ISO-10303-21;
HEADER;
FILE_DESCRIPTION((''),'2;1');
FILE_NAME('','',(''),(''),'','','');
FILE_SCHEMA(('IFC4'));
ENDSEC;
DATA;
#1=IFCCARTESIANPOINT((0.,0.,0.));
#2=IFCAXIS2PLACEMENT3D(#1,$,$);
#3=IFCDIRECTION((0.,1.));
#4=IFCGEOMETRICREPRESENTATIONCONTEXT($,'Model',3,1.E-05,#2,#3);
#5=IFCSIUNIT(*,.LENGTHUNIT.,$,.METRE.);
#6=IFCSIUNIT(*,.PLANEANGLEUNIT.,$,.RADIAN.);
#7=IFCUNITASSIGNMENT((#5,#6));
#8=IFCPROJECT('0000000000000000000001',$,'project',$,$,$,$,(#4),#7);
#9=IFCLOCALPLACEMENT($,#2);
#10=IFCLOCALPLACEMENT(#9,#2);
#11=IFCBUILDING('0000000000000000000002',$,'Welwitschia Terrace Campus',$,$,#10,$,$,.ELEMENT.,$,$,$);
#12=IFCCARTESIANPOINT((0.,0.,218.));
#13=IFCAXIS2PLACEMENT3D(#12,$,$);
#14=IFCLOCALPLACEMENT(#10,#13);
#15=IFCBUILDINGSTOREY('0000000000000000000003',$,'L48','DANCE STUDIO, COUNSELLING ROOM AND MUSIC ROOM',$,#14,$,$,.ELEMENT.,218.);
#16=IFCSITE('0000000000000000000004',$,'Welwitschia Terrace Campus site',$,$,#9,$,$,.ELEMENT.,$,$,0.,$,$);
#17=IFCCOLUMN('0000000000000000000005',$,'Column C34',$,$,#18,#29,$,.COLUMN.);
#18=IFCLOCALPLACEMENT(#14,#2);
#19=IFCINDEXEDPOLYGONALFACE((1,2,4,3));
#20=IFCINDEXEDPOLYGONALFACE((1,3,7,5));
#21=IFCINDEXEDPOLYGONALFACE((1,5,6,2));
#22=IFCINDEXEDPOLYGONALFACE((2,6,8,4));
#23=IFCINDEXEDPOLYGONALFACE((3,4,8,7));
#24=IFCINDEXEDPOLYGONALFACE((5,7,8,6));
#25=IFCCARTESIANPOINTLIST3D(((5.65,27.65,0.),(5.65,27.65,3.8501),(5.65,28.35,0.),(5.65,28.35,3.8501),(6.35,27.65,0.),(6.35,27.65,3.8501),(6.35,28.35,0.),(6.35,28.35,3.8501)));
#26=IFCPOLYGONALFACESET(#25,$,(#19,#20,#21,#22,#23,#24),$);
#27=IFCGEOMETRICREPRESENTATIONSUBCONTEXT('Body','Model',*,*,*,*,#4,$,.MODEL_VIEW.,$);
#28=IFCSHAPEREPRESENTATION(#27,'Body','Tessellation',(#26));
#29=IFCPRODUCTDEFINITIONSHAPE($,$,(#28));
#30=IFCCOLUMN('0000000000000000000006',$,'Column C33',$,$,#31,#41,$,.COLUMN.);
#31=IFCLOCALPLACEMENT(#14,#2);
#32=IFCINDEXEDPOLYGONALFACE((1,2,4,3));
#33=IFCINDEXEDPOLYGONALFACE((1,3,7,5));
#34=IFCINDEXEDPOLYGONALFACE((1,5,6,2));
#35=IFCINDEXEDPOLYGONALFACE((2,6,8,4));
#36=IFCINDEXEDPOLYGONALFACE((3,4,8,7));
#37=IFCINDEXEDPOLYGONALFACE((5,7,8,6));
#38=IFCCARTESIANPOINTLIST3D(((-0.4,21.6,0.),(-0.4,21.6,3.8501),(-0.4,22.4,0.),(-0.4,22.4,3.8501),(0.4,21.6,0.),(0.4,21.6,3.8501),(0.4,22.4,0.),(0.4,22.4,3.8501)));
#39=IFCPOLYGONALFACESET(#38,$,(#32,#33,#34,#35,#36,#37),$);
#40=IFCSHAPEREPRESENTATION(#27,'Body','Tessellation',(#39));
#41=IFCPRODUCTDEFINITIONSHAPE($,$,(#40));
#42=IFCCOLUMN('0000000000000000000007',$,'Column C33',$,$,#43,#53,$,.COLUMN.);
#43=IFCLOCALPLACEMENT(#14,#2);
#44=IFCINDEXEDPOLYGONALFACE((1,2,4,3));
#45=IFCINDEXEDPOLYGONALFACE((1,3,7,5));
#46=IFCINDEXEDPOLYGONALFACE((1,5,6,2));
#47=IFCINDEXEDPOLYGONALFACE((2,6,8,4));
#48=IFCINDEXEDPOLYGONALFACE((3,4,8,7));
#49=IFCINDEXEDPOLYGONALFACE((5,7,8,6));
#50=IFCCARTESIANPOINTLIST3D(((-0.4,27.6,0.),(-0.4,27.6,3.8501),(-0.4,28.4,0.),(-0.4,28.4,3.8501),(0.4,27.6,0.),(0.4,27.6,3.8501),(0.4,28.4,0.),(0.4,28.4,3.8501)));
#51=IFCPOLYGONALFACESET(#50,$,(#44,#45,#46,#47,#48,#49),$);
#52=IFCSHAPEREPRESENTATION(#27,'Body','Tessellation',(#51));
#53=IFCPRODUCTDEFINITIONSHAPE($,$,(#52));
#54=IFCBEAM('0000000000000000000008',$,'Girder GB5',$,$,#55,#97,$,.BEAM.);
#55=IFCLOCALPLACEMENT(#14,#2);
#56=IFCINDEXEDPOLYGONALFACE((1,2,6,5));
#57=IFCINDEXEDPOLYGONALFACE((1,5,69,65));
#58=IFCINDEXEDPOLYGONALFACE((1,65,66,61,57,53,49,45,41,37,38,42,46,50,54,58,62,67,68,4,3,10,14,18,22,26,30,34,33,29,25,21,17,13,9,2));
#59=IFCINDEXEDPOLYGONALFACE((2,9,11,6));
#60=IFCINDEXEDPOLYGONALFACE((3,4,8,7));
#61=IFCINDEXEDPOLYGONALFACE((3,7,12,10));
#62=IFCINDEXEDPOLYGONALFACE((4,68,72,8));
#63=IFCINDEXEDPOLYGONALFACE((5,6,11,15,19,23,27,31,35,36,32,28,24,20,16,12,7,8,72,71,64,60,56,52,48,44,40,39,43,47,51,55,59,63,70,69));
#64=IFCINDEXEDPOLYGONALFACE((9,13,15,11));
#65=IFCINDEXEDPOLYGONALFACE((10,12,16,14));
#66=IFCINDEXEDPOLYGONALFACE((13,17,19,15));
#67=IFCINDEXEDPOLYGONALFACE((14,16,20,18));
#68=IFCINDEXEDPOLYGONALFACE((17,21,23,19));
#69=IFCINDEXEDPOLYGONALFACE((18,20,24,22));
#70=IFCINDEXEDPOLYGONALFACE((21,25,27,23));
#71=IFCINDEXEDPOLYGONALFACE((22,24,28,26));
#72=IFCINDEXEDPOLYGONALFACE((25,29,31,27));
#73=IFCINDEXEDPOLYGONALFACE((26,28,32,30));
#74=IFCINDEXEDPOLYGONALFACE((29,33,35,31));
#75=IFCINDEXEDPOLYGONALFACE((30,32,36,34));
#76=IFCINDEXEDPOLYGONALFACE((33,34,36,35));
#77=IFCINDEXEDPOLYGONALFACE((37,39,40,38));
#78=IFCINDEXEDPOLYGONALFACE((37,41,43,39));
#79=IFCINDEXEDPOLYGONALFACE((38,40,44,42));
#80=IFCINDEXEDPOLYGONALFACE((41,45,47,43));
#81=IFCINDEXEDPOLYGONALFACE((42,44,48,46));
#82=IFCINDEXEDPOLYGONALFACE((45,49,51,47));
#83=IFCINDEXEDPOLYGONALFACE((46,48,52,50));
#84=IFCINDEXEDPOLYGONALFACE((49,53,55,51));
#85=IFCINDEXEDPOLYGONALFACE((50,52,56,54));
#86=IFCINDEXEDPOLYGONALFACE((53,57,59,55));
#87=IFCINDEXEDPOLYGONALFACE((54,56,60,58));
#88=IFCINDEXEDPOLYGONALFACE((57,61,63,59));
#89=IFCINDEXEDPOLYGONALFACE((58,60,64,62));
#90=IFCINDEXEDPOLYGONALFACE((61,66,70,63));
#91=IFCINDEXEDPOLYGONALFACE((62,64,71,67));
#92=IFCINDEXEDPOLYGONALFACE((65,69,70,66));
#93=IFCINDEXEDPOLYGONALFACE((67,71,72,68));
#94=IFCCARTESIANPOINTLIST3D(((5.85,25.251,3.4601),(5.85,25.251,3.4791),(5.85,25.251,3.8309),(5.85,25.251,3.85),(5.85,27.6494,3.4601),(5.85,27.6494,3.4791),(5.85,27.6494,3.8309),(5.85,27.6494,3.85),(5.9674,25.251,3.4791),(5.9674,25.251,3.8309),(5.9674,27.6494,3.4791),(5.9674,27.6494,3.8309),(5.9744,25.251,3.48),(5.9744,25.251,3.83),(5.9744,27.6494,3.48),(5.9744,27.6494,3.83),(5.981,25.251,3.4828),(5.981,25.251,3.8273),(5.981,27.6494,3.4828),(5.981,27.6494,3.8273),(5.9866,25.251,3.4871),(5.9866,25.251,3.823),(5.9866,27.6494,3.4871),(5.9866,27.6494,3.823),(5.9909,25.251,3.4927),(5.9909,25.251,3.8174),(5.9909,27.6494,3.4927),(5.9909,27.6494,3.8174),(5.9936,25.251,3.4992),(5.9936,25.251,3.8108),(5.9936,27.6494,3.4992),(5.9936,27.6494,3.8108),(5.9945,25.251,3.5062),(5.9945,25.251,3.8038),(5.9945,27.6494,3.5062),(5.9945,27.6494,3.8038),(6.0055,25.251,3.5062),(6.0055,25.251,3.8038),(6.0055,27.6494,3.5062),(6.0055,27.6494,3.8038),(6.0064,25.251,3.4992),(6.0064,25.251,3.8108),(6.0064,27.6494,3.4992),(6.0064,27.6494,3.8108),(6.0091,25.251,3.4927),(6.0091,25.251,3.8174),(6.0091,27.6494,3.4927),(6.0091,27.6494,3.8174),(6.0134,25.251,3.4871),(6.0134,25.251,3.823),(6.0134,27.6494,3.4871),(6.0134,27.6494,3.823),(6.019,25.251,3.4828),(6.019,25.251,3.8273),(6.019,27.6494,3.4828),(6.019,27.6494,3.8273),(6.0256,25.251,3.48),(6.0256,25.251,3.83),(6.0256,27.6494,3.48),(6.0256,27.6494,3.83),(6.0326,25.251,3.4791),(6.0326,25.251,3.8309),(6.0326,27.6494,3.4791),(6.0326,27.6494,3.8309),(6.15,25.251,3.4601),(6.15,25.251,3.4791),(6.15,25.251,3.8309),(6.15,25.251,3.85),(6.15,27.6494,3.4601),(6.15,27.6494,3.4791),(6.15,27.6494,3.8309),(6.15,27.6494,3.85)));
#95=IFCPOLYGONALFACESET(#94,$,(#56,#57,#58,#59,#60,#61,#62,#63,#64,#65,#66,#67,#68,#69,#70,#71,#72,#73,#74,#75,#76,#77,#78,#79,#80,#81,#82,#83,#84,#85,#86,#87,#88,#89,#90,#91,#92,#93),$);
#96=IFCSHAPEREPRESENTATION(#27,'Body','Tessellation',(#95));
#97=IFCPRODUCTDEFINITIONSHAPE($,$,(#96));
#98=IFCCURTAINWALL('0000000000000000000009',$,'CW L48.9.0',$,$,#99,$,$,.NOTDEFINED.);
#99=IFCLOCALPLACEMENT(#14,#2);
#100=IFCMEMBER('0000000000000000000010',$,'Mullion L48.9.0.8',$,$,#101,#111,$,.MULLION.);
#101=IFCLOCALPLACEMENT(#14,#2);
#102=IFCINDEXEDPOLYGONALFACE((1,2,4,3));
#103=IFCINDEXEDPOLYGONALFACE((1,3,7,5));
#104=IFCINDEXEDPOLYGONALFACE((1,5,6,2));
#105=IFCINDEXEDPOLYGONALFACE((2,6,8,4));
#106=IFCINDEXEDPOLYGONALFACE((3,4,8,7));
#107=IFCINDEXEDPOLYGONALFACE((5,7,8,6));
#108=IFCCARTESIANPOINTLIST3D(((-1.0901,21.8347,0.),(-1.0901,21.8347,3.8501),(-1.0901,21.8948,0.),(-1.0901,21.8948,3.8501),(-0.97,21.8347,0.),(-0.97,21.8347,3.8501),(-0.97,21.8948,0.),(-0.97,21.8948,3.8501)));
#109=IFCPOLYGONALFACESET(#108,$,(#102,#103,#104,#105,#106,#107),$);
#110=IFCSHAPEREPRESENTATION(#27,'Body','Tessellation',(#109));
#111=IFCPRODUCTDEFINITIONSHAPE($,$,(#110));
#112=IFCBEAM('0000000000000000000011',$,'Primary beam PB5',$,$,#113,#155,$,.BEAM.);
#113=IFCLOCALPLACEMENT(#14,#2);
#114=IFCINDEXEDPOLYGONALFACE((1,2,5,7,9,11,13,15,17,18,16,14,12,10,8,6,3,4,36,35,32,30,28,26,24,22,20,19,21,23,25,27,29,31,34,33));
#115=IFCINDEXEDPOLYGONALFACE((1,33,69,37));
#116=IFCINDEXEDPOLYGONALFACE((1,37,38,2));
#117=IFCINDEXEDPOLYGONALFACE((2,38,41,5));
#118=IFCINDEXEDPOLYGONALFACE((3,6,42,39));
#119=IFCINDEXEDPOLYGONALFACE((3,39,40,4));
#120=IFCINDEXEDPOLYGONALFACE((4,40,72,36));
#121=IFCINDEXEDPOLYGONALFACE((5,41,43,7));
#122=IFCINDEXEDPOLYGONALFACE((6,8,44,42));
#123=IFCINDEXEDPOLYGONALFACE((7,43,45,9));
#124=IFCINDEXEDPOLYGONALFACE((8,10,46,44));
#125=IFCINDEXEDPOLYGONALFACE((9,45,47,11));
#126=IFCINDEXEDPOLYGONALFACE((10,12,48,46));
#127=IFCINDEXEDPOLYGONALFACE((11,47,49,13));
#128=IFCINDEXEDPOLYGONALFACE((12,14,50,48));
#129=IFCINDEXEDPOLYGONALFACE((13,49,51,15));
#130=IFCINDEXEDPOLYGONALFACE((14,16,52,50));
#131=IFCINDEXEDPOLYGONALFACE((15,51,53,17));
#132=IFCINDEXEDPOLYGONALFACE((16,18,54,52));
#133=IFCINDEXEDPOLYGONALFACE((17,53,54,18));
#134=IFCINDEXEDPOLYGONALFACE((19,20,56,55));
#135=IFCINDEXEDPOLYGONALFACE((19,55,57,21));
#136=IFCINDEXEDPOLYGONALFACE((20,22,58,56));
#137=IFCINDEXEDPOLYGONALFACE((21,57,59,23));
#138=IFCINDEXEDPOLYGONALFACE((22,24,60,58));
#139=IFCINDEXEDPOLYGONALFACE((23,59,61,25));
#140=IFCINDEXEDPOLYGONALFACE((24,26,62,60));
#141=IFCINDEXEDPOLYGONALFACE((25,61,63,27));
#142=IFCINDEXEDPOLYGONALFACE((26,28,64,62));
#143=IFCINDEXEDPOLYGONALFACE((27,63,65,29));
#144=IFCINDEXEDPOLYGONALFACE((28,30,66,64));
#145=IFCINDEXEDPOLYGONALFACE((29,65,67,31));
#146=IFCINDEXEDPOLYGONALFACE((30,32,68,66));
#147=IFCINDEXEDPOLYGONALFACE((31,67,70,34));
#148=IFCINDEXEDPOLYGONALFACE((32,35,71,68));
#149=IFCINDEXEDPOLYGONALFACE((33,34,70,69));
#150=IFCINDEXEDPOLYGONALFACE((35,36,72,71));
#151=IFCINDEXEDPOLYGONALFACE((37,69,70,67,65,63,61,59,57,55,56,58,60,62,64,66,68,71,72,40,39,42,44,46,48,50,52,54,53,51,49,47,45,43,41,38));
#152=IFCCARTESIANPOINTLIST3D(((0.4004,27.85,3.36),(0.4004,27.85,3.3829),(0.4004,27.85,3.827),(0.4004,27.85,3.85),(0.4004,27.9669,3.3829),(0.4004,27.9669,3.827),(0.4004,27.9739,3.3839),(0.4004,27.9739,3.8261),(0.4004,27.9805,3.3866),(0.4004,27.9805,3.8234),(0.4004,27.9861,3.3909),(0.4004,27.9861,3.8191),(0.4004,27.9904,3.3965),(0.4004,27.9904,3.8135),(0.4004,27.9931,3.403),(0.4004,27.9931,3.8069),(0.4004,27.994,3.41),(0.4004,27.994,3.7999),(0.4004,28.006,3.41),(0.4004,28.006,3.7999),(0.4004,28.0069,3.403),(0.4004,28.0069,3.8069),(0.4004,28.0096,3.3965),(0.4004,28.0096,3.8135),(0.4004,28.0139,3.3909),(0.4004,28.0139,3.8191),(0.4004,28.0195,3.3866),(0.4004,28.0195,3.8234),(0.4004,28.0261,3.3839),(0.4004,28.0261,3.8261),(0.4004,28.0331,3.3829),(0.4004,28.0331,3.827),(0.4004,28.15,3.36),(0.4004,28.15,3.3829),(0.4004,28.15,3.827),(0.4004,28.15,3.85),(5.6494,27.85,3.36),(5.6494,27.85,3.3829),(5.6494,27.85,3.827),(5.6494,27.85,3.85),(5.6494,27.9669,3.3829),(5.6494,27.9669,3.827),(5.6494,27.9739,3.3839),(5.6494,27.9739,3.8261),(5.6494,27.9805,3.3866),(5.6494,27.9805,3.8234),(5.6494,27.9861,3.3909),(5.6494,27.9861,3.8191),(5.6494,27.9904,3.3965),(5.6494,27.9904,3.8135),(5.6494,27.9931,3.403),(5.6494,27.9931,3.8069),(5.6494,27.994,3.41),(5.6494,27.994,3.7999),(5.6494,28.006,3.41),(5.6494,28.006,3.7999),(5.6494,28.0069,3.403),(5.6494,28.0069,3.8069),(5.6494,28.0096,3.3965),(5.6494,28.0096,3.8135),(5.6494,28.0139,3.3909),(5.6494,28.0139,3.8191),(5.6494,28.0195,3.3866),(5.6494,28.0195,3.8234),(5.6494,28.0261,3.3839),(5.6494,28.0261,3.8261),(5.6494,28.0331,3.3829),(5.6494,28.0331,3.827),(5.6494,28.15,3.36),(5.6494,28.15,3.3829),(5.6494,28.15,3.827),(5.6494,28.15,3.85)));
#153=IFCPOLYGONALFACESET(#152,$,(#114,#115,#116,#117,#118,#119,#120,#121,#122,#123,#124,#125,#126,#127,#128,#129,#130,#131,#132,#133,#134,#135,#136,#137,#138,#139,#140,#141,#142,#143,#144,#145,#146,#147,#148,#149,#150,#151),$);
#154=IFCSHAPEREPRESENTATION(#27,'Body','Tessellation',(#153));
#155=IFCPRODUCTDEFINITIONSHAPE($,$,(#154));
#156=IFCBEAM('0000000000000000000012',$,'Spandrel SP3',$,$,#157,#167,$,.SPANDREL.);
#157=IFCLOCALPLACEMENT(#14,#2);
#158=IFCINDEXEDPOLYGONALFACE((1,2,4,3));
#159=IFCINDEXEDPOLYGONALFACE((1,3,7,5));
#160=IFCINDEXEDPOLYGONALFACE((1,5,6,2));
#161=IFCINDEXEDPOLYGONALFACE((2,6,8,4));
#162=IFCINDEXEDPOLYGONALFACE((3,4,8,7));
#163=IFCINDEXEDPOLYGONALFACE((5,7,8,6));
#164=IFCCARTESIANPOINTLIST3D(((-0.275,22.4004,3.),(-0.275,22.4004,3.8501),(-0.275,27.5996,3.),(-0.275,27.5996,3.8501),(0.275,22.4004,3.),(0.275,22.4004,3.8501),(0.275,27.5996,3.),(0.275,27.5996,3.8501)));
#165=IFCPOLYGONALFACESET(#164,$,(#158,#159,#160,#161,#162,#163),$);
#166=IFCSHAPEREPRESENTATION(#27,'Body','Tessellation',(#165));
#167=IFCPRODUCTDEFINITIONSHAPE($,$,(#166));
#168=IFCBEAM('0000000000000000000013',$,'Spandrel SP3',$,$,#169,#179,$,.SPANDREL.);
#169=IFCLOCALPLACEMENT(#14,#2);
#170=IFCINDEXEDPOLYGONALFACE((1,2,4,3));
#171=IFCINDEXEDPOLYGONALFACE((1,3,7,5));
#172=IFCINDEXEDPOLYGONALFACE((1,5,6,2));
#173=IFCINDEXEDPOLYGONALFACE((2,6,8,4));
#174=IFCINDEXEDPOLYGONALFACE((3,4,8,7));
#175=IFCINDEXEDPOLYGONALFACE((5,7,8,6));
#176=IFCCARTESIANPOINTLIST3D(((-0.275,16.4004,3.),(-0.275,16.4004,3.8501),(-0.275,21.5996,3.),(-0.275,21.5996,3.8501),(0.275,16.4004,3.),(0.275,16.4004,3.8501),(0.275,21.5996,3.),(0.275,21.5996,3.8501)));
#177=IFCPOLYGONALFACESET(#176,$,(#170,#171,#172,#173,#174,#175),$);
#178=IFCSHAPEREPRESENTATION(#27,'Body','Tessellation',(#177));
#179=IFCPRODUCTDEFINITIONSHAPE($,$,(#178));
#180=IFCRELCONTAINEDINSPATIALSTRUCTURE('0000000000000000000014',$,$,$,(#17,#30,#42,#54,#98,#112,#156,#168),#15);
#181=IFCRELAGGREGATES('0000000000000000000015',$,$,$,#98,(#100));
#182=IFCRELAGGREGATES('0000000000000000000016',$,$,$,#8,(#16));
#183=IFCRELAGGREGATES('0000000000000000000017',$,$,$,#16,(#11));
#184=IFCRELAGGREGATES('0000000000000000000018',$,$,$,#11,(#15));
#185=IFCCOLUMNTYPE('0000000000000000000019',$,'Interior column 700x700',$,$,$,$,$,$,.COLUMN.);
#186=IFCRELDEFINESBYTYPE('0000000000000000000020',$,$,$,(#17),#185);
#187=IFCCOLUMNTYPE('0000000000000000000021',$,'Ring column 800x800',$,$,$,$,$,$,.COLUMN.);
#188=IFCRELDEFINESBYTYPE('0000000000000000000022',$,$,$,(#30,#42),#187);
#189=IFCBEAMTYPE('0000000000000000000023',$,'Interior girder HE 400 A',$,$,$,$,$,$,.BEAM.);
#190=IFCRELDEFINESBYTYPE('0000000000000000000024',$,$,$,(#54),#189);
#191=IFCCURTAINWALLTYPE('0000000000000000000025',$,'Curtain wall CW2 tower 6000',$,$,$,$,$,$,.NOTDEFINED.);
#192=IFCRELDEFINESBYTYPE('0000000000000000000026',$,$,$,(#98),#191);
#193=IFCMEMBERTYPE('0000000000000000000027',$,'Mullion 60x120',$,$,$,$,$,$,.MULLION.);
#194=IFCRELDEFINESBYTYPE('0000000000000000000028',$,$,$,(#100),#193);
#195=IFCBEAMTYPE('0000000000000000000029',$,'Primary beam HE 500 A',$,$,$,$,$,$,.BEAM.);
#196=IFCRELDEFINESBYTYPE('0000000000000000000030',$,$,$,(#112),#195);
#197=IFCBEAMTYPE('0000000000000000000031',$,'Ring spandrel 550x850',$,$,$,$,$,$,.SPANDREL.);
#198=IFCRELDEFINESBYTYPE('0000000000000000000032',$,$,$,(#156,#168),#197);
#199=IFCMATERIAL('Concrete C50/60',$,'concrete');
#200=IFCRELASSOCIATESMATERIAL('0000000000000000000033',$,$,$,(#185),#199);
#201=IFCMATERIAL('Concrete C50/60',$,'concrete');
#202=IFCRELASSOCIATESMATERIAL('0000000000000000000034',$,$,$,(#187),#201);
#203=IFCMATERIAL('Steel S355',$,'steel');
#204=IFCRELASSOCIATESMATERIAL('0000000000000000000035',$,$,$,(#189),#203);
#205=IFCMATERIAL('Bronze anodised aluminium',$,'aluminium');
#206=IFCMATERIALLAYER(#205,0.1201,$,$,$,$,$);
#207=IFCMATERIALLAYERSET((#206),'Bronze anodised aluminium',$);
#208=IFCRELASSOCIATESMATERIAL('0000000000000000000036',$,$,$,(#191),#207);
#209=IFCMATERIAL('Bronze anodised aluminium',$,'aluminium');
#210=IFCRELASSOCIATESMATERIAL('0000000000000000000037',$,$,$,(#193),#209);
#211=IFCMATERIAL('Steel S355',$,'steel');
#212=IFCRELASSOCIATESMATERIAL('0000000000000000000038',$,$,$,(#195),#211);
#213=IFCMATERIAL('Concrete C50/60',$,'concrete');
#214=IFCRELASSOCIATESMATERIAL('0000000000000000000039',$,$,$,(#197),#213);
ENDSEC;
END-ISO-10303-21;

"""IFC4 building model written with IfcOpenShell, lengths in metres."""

from ifc_helpers import new_model, si_unit, direction, frame, origin, origin_2d, place, context, subcontext, project, spatial, rectangle, i_section, extrude, material, layer, layer_set, material_profile, profile_set, type_object, element, aggregate, save


model = new_model("IFC4")

# Units and contexts
model_context = context("Model", 3, precision=1e-05, world=origin(), true_north=direction((0.0, 1.0)))
body_context = subcontext(model_context, "Body", "Model", "MODEL_VIEW")
ifc_project = project(units=[si_unit("LENGTHUNIT", "METRE"), si_unit("PLANEANGLEUNIT", "RADIAN")], contexts=[model_context])

# Site, building, storey
site_placement = place(None, origin())
site = spatial("IfcSite", under=ifc_project, at=site_placement, Name="Welwitschia Terrace Campus site", CompositionType="ELEMENT", RefElevation=0.0)
building_placement = place(site_placement, origin())
building = spatial("IfcBuilding", under=site, at=building_placement, Name="Welwitschia Terrace Campus", CompositionType="ELEMENT")
storey_placement = place(building_placement, frame((0.0, 0.0, 218.0)))
storey = spatial("IfcBuildingStorey", under=building, at=storey_placement, Name="L48", Description="DANCE STUDIO, COUNSELLING ROOM AND MUSIC ROOM", CompositionType="ELEMENT", Elevation=218.0)

# Columns
ifc_material_1 = material(Name="Concrete C50/60", Category="concrete")
ifc_material_profile_1 = material_profile(ifc_material_1, rectangle(XDim=0.7, YDim=0.7, at=origin_2d()))
ifc_profile_set_1 = profile_set([ifc_material_profile_1], Name="Concrete C50/60")
column_type_1 = type_object("IfcColumnType", Name="Interior column 700x700", PredefinedType="COLUMN", material=ifc_profile_set_1)
column_placement = place(storey_placement, frame((6.0, 28.0, 0.0), z_axis=(0.0, 0.0, 1.0), x_axis=(1.0, 0.0, 0.0)))
element("IfcColumn", 1, at=column_placement, inside=storey, type_object=column_type_1, Name="Column C34", PredefinedType="COLUMN", context=body_context, shape_type="SweptSolid", body=[
    extrude(rectangle(XDim=0.7, YDim=0.7, at=origin_2d()), origin(), (0.0, 0.0, 1.0), 3.8501),
])
ifc_material_2 = material(Name="Concrete C50/60", Category="concrete")
ifc_material_profile_2 = material_profile(ifc_material_2, rectangle(XDim=0.8, YDim=0.8, at=origin_2d()))
ifc_profile_set_2 = profile_set([ifc_material_profile_2], Name="Concrete C50/60")
column_type_2 = type_object("IfcColumnType", Name="Ring column 800x800", PredefinedType="COLUMN", material=ifc_profile_set_2)
for number, where, z_axis, x_axis, name in (
    (2, (0.0, 22.0, 0.0), (0.0, 0.0, 1.0), (1.0, 0.0, 0.0), "Column C33"),
    (3, (0.0, 28.0, 0.0), (0.0, 0.0, 1.0), (1.0, 0.0, 0.0), "Column C33"),
):
    element("IfcColumn", number, at=place(storey_placement, frame(where, z_axis=z_axis, x_axis=x_axis)), inside=storey, type_object=column_type_2, Name=name, PredefinedType="COLUMN", context=body_context, shape_type="SweptSolid", body=[
        extrude(rectangle(XDim=0.8, YDim=0.8, at=origin_2d()), origin(), (0.0, 0.0, 1.0), 3.8501),
    ])

# Beam
ifc_material_3 = material(Name="Steel S355", Category="steel")
ifc_material_profile_3 = material_profile(ifc_material_3, i_section(OverallWidth=0.3, OverallDepth=0.3899, WebThickness=0.011, FlangeThickness=0.019, FilletRadius=0.0271, at=origin_2d()))
ifc_profile_set_3 = profile_set([ifc_material_profile_3], Name="Steel S355")
beam_type_1 = type_object("IfcBeamType", Name="Interior girder HE 400 A", PredefinedType="BEAM", material=ifc_profile_set_3)
beam_1_placement = place(storey_placement, frame((6.0, 25.251, 3.655), z_axis=(0.0, 1.0, 0.0), x_axis=(-1.0, 0.0, 0.0)))
element("IfcBeam", 4, at=beam_1_placement, inside=storey, type_object=beam_type_1, Name="Girder GB5", PredefinedType="BEAM", context=body_context, shape_type="SweptSolid", body=[
    extrude(i_section(OverallWidth=0.3, OverallDepth=0.3899, WebThickness=0.011, FlangeThickness=0.019, FilletRadius=0.0271, at=origin_2d()), origin(), (0.0, 0.0, 1.0), 2.3984),
])

# Curtain wall, member
ifc_material_4 = material(Name="Bronze anodised aluminium", Category="aluminium")
ifc_layer_1 = layer(ifc_material_4, 0.1201)
ifc_layer_set_1 = layer_set([ifc_layer_1], Name="Bronze anodised aluminium")
curtain_wall_type = type_object("IfcCurtainWallType", Name="Curtain wall CW2 tower 6000", PredefinedType="NOTDEFINED", material=ifc_layer_set_1)
curtain_wall_placement = place(storey_placement, origin())
curtain_wall = element("IfcCurtainWall", 5, at=curtain_wall_placement, inside=storey, type_object=curtain_wall_type, Name="CW L48.9.0", PredefinedType="NOTDEFINED")
ifc_material_5 = material(Name="Bronze anodised aluminium", Category="aluminium")
ifc_material_profile_4 = material_profile(ifc_material_5, rectangle(XDim=0.1201, YDim=0.0601, at=origin_2d()))
ifc_profile_set_4 = profile_set([ifc_material_profile_4], Name="Bronze anodised aluminium")
member_type = type_object("IfcMemberType", Name="Mullion 60x120", PredefinedType="MULLION", material=ifc_profile_set_4)
member_placement = place(storey_placement, frame((-1.03, 21.8647, 0.0), z_axis=(0.0, 0.0, 1.0), x_axis=(1.0, 0.0, 0.0)))
member = element("IfcMember", 6, at=member_placement, type_object=member_type, Name="Mullion L48.9.0.8", PredefinedType="MULLION", context=body_context, shape_type="SweptSolid", body=[
    extrude(rectangle(XDim=0.1201, YDim=0.0601, at=origin_2d()), origin(), (0.0, 0.0, 1.0), 3.8501),
])

# Beams
ifc_material_6 = material(Name="Steel S355", Category="steel")
ifc_material_profile_5 = material_profile(ifc_material_6, i_section(OverallWidth=0.3, OverallDepth=0.49, WebThickness=0.012, FlangeThickness=0.0229, FilletRadius=0.0271, at=origin_2d()))
ifc_profile_set_5 = profile_set([ifc_material_profile_5], Name="Steel S355")
beam_type_2 = type_object("IfcBeamType", Name="Primary beam HE 500 A", PredefinedType="BEAM", material=ifc_profile_set_5)
beam_2_placement = place(storey_placement, frame((0.4004, 28.0, 3.605), z_axis=(1.0, 0.0, 0.0), x_axis=(0.0, 1.0, 0.0)))
element("IfcBeam", 7, at=beam_2_placement, inside=storey, type_object=beam_type_2, Name="Primary beam PB5", PredefinedType="BEAM", context=body_context, shape_type="SweptSolid", body=[
    extrude(i_section(OverallWidth=0.3, OverallDepth=0.49, WebThickness=0.012, FlangeThickness=0.0229, FilletRadius=0.0271, at=origin_2d()), origin(), (0.0, 0.0, 1.0), 5.249),
])
ifc_material_7 = material(Name="Concrete C50/60", Category="concrete")
ifc_material_profile_6 = material_profile(ifc_material_7, rectangle(XDim=0.55, YDim=0.8501, at=origin_2d()))
ifc_profile_set_6 = profile_set([ifc_material_profile_6], Name="Concrete C50/60")
beam_type_3 = type_object("IfcBeamType", Name="Ring spandrel 550x850", PredefinedType="SPANDREL", material=ifc_profile_set_6)
for number, where, z_axis, x_axis, name in (
    (8, (0.0, 27.5996, 3.425), (0.0, -1.0, 0.0), (1.0, 0.0, 0.0), "Spandrel SP3"),
    (9, (0.0, 21.5996, 3.425), (0.0, -1.0, 0.0), (1.0, 0.0, 0.0), "Spandrel SP3"),
):
    element("IfcBeam", number, at=place(storey_placement, frame(where, z_axis=z_axis, x_axis=x_axis)), inside=storey, type_object=beam_type_3, Name=name, PredefinedType="SPANDREL", context=body_context, shape_type="SweptSolid", body=[
        extrude(rectangle(XDim=0.55, YDim=0.8501, at=origin_2d()), origin(), (0.0, 0.0, 1.0), 5.1992),
    ])

aggregate(curtain_wall, [member])

save(model, "model.ifc")
